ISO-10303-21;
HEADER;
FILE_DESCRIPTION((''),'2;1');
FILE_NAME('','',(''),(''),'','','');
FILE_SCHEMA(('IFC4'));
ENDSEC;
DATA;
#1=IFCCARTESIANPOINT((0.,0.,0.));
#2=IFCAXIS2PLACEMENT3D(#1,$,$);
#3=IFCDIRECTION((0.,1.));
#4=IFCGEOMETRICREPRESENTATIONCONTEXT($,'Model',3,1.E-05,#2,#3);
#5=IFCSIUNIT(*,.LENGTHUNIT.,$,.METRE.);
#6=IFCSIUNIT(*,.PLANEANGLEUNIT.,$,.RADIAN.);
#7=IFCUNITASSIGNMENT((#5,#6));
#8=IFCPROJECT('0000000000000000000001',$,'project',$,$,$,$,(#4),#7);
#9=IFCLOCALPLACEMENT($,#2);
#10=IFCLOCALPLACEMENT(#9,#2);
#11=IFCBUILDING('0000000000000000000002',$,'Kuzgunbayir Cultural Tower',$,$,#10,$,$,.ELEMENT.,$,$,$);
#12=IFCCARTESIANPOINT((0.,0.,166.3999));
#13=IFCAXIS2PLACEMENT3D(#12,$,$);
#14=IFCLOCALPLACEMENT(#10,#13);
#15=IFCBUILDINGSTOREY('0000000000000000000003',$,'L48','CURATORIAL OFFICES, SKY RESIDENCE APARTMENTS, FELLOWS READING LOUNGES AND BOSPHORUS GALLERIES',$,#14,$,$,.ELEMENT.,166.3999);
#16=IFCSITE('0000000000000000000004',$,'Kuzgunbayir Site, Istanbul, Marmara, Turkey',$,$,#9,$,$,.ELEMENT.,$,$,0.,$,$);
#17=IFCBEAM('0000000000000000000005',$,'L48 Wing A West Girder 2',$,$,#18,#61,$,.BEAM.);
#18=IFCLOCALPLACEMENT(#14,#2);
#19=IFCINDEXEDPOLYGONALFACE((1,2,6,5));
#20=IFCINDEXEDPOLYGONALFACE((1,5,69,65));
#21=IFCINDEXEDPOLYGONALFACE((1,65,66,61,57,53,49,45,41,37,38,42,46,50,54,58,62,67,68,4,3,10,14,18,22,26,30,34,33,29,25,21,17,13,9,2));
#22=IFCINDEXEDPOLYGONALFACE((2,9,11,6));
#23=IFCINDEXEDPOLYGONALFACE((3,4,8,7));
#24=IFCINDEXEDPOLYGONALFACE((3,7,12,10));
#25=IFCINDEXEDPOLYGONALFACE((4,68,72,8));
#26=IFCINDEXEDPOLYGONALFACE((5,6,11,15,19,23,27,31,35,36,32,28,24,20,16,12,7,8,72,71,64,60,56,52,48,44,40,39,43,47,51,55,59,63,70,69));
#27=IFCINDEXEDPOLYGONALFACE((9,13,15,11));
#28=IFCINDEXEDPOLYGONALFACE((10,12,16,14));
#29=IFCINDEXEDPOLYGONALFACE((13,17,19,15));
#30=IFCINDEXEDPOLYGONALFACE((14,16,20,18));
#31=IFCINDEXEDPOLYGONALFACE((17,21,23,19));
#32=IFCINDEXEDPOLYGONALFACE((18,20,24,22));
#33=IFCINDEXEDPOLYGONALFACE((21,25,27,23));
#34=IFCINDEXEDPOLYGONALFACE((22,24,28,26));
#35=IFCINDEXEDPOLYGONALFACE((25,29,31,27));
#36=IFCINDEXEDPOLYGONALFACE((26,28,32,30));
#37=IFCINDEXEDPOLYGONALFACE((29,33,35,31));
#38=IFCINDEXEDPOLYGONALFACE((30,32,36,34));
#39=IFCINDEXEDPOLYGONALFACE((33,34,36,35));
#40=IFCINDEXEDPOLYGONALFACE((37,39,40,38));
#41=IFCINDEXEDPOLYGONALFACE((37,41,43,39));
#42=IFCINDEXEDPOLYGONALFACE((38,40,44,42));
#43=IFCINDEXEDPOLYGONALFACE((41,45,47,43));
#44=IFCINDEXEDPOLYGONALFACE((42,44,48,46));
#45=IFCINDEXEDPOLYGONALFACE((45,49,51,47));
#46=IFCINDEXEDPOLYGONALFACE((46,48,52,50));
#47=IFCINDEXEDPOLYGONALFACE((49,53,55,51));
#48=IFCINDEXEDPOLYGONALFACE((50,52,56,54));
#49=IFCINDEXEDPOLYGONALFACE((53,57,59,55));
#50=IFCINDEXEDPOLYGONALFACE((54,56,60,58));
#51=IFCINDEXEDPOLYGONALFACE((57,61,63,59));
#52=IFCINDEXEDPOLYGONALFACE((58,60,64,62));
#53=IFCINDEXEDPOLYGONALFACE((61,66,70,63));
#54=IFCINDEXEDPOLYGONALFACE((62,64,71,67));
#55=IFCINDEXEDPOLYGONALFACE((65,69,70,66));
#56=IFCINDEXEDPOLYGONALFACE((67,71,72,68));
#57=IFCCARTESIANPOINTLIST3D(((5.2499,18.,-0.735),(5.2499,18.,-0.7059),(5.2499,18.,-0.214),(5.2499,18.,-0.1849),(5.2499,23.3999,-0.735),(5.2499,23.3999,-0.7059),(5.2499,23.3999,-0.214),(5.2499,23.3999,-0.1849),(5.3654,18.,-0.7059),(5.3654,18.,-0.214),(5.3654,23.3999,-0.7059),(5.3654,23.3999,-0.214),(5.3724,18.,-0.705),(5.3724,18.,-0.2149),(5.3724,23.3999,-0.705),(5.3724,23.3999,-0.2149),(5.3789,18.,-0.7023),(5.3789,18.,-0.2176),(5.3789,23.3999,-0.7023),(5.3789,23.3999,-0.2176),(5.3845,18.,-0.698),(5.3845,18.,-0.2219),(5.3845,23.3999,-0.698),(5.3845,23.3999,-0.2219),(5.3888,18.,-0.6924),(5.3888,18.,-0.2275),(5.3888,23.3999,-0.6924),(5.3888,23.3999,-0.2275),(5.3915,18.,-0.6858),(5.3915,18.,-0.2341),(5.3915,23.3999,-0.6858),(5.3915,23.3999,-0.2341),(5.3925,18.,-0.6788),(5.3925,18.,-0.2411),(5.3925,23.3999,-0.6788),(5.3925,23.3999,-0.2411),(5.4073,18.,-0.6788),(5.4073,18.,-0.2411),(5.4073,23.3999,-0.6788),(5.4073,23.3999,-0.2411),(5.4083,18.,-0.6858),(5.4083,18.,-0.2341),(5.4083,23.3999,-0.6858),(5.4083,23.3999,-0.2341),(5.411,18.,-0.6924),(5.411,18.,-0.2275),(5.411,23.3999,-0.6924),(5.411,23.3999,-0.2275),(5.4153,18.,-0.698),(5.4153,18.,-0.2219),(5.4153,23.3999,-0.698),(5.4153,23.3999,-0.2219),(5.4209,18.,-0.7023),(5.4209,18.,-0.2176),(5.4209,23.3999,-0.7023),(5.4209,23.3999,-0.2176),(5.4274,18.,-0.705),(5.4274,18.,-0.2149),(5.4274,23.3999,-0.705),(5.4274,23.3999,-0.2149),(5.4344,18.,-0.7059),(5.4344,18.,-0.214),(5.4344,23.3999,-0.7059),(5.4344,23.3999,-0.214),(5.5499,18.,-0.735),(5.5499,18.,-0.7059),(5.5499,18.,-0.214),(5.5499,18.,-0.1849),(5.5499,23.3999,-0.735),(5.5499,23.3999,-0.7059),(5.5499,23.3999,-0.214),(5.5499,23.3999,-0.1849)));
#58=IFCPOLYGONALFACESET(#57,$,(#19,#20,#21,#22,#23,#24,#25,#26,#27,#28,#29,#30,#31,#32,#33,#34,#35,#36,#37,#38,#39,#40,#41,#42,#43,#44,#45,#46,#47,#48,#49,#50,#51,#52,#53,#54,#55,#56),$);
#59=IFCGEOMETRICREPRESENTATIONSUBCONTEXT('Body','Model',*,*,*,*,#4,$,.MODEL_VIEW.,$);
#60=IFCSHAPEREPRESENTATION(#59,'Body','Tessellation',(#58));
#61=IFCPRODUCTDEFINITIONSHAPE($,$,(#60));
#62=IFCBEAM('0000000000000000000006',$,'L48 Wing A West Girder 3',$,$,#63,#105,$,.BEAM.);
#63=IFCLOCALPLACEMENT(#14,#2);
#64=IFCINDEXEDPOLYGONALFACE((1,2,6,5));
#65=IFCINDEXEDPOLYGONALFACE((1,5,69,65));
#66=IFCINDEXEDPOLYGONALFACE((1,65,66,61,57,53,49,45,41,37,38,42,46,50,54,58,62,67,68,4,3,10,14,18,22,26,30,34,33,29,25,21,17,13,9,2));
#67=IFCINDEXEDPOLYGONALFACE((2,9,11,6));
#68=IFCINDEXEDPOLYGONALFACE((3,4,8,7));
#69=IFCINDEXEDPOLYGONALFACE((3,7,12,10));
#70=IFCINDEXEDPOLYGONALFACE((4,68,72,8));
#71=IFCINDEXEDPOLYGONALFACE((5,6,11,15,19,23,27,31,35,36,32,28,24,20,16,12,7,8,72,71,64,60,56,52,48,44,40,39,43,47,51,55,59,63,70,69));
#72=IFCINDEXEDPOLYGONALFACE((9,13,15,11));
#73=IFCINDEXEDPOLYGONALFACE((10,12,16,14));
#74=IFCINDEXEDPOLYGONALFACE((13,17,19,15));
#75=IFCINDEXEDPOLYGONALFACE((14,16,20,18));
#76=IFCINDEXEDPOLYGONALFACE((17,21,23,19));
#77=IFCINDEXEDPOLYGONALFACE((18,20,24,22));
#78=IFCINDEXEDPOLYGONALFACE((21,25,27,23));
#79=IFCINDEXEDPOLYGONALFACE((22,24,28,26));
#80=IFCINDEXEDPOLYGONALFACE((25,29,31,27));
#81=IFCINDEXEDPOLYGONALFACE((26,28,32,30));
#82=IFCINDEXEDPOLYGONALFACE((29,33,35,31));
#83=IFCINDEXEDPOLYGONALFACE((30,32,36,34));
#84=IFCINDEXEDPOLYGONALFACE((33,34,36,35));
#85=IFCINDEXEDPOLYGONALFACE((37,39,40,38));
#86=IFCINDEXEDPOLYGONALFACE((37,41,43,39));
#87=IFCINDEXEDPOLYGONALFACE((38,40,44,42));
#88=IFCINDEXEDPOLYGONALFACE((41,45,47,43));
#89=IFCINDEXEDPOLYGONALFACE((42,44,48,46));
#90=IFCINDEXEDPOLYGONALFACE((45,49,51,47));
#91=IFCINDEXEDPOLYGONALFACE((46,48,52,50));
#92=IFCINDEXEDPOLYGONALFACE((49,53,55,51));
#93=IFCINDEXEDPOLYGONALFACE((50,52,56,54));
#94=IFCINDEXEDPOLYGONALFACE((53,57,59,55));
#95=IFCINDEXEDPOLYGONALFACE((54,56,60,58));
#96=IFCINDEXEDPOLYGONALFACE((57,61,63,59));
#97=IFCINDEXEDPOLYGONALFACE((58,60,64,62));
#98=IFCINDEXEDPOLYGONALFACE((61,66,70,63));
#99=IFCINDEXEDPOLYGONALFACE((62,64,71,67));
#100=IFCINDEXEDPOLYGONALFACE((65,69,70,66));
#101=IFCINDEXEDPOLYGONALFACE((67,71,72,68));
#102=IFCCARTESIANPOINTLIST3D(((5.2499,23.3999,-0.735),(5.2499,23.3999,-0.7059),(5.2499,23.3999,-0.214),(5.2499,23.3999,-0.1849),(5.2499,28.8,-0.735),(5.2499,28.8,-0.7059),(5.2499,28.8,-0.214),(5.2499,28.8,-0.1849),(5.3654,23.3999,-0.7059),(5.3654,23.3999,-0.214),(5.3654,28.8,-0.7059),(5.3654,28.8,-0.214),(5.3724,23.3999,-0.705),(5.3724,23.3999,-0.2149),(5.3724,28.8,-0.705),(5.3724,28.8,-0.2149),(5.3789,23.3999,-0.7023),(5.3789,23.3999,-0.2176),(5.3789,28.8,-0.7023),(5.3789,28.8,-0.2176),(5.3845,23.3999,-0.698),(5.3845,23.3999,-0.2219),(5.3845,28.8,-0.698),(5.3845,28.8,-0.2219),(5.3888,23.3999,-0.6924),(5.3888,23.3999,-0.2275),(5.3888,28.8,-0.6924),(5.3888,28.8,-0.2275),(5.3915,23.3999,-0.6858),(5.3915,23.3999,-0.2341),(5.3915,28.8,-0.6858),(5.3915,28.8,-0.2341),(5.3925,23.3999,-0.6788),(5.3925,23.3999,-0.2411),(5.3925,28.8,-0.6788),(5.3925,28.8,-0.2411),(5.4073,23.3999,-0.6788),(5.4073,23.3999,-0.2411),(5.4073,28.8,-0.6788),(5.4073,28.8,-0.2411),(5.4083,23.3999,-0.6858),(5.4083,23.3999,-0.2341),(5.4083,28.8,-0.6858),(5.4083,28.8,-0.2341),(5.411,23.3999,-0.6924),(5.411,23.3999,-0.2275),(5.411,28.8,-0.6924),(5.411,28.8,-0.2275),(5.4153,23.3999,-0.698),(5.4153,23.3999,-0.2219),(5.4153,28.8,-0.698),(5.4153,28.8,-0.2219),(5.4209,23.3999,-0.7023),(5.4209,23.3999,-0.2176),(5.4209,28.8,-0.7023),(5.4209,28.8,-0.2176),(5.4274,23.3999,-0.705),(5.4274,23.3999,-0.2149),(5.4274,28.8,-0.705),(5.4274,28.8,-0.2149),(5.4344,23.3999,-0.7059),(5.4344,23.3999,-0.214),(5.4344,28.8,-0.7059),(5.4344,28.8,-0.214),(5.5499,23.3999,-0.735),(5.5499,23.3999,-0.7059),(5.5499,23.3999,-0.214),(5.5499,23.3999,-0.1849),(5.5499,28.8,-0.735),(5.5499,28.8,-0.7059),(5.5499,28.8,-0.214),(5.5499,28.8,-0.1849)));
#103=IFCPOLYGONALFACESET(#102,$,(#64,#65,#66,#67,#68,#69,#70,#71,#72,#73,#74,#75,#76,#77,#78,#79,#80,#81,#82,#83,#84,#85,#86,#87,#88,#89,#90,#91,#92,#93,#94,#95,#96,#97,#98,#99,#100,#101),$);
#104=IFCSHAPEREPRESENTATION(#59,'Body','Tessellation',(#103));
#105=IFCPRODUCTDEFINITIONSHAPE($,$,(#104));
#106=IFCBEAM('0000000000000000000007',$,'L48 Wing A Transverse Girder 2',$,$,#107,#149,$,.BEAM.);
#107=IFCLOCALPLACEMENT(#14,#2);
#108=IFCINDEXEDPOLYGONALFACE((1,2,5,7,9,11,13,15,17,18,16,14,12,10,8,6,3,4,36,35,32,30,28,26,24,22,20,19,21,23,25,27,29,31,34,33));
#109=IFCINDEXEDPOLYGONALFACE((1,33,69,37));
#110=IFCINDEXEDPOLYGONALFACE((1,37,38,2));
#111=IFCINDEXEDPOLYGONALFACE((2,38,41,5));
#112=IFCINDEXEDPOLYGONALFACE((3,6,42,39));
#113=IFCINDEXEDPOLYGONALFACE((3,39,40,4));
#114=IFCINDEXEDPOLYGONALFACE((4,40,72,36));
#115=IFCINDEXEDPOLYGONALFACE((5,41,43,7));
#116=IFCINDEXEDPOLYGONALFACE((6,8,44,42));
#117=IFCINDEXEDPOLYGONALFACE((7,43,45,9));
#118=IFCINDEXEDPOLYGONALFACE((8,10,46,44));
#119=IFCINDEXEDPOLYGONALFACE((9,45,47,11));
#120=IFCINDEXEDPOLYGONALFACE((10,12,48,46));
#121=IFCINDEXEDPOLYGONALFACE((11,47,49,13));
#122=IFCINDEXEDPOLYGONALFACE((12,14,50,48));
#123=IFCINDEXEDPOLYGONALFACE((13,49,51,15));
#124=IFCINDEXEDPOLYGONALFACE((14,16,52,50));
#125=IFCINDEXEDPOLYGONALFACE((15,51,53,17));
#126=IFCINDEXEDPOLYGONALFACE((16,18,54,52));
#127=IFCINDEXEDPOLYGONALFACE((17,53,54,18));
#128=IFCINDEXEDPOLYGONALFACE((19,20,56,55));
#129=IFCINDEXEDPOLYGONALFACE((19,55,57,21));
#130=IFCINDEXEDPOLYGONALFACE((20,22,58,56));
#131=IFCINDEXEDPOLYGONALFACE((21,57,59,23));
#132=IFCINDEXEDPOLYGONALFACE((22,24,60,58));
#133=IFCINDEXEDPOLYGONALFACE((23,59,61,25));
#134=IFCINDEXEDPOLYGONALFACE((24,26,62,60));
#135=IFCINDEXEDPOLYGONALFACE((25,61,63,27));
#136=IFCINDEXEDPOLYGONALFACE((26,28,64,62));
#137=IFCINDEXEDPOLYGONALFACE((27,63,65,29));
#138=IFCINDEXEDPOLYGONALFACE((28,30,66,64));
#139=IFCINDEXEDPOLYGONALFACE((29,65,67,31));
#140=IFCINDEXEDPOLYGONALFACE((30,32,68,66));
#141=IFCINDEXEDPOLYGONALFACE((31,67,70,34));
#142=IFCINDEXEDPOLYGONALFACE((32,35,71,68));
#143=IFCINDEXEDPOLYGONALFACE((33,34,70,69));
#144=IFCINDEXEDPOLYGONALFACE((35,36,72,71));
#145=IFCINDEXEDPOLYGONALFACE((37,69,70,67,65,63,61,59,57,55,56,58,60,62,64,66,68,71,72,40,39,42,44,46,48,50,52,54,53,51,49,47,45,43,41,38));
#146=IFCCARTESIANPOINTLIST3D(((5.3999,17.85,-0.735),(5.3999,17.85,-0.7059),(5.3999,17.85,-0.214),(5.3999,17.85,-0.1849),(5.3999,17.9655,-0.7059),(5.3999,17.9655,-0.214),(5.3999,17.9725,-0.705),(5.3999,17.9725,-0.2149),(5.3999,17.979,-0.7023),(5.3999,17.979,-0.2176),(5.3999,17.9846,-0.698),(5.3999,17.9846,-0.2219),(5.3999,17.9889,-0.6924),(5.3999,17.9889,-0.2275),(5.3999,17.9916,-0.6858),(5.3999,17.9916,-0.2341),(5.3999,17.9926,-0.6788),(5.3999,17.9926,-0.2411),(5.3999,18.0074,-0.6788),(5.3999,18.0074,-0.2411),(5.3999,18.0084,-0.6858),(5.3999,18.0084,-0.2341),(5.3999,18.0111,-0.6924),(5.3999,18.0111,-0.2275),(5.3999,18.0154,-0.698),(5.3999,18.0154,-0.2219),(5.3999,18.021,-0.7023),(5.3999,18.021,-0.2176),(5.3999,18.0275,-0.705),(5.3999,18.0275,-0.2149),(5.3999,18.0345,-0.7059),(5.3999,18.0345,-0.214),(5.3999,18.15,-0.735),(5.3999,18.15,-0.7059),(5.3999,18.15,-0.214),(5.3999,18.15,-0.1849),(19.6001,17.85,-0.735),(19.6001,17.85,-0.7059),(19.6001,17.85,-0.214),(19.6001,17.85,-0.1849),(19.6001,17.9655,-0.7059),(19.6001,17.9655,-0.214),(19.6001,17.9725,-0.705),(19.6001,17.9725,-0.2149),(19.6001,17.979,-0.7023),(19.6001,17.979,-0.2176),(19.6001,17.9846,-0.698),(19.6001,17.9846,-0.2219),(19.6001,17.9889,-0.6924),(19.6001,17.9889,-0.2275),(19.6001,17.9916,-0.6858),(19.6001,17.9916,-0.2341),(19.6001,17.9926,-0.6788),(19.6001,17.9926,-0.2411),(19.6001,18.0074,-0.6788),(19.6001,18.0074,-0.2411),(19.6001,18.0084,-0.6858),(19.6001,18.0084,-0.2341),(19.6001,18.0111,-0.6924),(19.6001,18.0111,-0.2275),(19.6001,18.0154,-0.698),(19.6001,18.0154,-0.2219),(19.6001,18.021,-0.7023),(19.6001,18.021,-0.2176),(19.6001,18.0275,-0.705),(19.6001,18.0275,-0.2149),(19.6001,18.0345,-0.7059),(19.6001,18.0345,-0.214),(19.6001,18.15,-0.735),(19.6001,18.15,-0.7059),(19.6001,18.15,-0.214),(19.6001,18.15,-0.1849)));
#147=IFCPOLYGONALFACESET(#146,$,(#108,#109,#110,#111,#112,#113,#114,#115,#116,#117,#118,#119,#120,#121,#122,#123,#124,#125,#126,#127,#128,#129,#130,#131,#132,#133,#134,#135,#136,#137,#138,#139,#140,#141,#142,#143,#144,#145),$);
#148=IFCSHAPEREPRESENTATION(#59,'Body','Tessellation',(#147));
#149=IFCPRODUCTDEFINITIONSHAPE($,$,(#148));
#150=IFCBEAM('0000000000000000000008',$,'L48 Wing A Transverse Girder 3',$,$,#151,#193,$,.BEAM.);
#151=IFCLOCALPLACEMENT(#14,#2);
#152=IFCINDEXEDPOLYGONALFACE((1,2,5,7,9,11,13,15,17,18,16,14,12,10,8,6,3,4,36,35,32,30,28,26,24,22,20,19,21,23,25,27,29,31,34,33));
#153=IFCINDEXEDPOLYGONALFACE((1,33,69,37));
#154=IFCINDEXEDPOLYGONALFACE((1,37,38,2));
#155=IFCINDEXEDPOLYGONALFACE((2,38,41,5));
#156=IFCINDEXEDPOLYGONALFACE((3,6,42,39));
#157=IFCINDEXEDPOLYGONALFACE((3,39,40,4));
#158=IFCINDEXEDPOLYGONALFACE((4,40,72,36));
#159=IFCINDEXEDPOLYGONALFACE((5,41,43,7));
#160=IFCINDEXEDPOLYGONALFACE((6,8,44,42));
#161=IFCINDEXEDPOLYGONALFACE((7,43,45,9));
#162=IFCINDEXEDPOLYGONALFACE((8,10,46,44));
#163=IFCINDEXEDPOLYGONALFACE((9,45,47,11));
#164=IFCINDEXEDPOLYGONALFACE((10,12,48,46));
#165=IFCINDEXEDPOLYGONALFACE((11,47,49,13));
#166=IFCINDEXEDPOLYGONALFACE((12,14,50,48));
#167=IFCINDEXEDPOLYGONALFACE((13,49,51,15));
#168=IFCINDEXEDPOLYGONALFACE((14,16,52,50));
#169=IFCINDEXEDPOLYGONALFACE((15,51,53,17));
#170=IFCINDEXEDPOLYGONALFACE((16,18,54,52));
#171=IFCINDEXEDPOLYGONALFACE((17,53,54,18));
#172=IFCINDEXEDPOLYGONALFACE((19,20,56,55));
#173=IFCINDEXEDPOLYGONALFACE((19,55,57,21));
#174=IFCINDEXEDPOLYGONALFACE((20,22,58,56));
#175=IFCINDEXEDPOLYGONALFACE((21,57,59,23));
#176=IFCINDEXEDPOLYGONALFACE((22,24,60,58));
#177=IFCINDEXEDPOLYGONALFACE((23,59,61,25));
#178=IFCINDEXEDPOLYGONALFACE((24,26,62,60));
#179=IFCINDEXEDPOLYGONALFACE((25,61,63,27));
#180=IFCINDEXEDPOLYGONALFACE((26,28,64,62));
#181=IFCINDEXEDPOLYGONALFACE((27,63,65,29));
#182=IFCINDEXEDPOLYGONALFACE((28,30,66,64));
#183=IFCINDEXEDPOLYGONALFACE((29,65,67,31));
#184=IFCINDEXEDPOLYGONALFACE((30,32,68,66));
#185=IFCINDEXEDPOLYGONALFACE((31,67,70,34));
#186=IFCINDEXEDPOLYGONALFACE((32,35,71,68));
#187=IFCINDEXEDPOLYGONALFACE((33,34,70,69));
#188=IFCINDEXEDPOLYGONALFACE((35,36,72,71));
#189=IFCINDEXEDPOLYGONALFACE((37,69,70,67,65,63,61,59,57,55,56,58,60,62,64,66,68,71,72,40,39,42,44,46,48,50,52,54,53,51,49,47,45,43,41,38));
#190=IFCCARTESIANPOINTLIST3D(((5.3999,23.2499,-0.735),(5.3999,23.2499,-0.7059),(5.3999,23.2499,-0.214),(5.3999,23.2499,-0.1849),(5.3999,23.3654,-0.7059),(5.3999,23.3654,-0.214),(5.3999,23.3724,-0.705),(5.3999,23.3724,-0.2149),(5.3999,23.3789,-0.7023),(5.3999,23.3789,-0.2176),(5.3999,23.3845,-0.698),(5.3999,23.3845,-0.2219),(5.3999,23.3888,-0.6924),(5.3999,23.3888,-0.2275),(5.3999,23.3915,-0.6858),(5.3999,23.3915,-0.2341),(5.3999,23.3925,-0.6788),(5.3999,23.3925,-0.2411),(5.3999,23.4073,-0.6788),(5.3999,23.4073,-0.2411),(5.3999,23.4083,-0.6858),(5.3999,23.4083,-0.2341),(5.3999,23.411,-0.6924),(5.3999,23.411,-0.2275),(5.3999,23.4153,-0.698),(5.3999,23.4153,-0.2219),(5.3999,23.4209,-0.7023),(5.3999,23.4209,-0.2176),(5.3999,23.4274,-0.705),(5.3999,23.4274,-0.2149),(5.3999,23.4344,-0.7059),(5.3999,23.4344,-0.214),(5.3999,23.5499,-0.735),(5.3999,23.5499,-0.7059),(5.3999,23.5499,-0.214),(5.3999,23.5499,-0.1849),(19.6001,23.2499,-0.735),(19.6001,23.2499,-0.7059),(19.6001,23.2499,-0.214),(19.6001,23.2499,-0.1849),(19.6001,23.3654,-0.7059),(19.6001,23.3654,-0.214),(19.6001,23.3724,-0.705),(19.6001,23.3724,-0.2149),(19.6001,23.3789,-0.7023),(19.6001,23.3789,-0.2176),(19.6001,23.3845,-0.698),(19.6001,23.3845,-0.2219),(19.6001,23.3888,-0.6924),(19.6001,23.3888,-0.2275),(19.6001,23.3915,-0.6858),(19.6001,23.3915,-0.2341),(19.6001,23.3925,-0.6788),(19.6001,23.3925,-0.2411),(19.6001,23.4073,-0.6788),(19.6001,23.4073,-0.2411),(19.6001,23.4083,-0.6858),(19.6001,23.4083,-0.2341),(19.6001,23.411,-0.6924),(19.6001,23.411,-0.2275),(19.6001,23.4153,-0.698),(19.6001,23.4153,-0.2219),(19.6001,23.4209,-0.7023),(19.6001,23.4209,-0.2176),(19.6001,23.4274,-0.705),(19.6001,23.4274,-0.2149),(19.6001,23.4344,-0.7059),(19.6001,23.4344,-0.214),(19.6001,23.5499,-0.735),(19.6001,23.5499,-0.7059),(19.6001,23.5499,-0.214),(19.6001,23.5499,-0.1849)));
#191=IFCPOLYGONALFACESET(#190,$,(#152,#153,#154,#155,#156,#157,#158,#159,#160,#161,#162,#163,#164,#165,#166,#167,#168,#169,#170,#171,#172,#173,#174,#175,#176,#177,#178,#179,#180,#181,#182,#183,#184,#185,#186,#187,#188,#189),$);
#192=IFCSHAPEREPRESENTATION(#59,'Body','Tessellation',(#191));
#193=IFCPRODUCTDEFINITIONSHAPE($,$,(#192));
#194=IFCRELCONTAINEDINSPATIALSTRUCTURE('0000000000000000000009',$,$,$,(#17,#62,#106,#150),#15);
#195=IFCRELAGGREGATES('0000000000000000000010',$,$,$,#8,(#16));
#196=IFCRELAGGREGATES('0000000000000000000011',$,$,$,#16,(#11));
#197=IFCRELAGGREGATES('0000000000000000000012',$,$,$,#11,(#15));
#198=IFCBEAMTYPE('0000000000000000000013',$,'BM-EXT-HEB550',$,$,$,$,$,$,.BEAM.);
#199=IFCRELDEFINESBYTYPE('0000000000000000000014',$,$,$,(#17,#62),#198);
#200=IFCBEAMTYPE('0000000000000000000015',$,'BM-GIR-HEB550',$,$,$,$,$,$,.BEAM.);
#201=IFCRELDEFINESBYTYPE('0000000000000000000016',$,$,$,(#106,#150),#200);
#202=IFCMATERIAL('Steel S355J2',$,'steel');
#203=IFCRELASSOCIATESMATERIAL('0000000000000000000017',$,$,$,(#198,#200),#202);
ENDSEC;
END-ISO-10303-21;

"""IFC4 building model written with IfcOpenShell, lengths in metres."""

from ifc_helpers import new_model, si_unit, direction, frame, origin, origin_2d, place, context, subcontext, project, spatial, i_section, extrude, material, material_profile, profile_set, type_object, element, save


model = new_model("IFC4")

# Units and contexts
model_context = context("Model", 3, precision=1e-05, world=origin(), true_north=direction((0.0, 1.0)))
body_context = subcontext(model_context, "Body", "Model", "MODEL_VIEW")
ifc_project = project(units=[si_unit("LENGTHUNIT", "METRE"), si_unit("PLANEANGLEUNIT", "RADIAN")], contexts=[model_context])

# Site, building, storey
site_placement = place(None, origin())
site = spatial("IfcSite", under=ifc_project, at=site_placement, Name="Kuzgunbayir Site, Istanbul, Marmara, Turkey", CompositionType="ELEMENT", RefElevation=0.0)
building_placement = place(site_placement, origin())
building = spatial("IfcBuilding", under=site, at=building_placement, Name="Kuzgunbayir Cultural Tower", CompositionType="ELEMENT")
storey_placement = place(building_placement, frame((0.0, 0.0, 166.3999)))
storey = spatial("IfcBuildingStorey", under=building, at=storey_placement, Name="L48", Description="CURATORIAL OFFICES, SKY RESIDENCE APARTMENTS, FELLOWS READING LOUNGES AND BOSPHORUS GALLERIES", CompositionType="ELEMENT", Elevation=166.3999)

# Beams
ifc_material_1 = material(Name="Steel S355J2", Category="steel")
ifc_material_profile_1 = material_profile(ifc_material_1, i_section(OverallWidth=0.3, OverallDepth=0.55, WebThickness=0.0149, FlangeThickness=0.0291, FilletRadius=0.0271, at=origin_2d()), Name="HEB 550")
ifc_profile_set_1 = profile_set([ifc_material_profile_1], Name="Steel S355J2")
beam_type_1 = type_object("IfcBeamType", Name="BM-EXT-HEB550", PredefinedType="BEAM", material=ifc_profile_set_1)
beam_1_placement = place(storey_placement, frame((5.3999, 18.0, -0.46), z_axis=(0.0, 1.0, 0.0), x_axis=(-1.0, 0.0, 0.0)))
element("IfcBeam", 1, at=beam_1_placement, inside=storey, type_object=beam_type_1, Name="L48 Wing A West Girder 2", PredefinedType="BEAM", context=body_context, shape_type="SweptSolid", body=[
    extrude(i_section(OverallWidth=0.3, OverallDepth=0.55, WebThickness=0.0149, FlangeThickness=0.0291, FilletRadius=0.0271, at=origin_2d()), origin(), (0.0, 0.0, 1.0), 5.3999),
])
beam_2_placement = place(storey_placement, frame((5.3999, 23.3999, -0.46), z_axis=(0.0, 1.0, 0.0), x_axis=(-1.0, 0.0, 0.0)))
element("IfcBeam", 2, at=beam_2_placement, inside=storey, type_object=beam_type_1, Name="L48 Wing A West Girder 3", PredefinedType="BEAM", context=body_context, shape_type="SweptSolid", body=[
    extrude(i_section(OverallWidth=0.3, OverallDepth=0.55, WebThickness=0.0149, FlangeThickness=0.0291, FilletRadius=0.0271, at=origin_2d()), origin(), (0.0, 0.0, 1.0), 5.4001),
])
ifc_material_profile_2 = material_profile(ifc_material_1, i_section(OverallWidth=0.3, OverallDepth=0.55, WebThickness=0.0149, FlangeThickness=0.0291, FilletRadius=0.0271, at=origin_2d()), Name="HEB 550")
ifc_profile_set_2 = profile_set([ifc_material_profile_2], Name="Steel S355J2")
beam_type_2 = type_object("IfcBeamType", Name="BM-GIR-HEB550", PredefinedType="BEAM", material=ifc_profile_set_2)
for number, where, z_axis, x_axis, name in (
    (3, (5.3999, 18.0, -0.46), (1.0, 0.0, 0.0), (0.0, 1.0, 0.0), "L48 Wing A Transverse Girder 2"),
    (4, (5.3999, 23.3999, -0.46), (1.0, 0.0, 0.0), (0.0, 1.0, 0.0), "L48 Wing A Transverse Girder 3"),
):
    element("IfcBeam", number, at=place(storey_placement, frame(where, z_axis=z_axis, x_axis=x_axis)), inside=storey, type_object=beam_type_2, Name=name, PredefinedType="BEAM", context=body_context, shape_type="SweptSolid", body=[
        extrude(i_section(OverallWidth=0.3, OverallDepth=0.55, WebThickness=0.0149, FlangeThickness=0.0291, FilletRadius=0.0271, at=origin_2d()), origin(), (0.0, 0.0, 1.0), 14.2002),
    ])

save(model, "model.ifc")
